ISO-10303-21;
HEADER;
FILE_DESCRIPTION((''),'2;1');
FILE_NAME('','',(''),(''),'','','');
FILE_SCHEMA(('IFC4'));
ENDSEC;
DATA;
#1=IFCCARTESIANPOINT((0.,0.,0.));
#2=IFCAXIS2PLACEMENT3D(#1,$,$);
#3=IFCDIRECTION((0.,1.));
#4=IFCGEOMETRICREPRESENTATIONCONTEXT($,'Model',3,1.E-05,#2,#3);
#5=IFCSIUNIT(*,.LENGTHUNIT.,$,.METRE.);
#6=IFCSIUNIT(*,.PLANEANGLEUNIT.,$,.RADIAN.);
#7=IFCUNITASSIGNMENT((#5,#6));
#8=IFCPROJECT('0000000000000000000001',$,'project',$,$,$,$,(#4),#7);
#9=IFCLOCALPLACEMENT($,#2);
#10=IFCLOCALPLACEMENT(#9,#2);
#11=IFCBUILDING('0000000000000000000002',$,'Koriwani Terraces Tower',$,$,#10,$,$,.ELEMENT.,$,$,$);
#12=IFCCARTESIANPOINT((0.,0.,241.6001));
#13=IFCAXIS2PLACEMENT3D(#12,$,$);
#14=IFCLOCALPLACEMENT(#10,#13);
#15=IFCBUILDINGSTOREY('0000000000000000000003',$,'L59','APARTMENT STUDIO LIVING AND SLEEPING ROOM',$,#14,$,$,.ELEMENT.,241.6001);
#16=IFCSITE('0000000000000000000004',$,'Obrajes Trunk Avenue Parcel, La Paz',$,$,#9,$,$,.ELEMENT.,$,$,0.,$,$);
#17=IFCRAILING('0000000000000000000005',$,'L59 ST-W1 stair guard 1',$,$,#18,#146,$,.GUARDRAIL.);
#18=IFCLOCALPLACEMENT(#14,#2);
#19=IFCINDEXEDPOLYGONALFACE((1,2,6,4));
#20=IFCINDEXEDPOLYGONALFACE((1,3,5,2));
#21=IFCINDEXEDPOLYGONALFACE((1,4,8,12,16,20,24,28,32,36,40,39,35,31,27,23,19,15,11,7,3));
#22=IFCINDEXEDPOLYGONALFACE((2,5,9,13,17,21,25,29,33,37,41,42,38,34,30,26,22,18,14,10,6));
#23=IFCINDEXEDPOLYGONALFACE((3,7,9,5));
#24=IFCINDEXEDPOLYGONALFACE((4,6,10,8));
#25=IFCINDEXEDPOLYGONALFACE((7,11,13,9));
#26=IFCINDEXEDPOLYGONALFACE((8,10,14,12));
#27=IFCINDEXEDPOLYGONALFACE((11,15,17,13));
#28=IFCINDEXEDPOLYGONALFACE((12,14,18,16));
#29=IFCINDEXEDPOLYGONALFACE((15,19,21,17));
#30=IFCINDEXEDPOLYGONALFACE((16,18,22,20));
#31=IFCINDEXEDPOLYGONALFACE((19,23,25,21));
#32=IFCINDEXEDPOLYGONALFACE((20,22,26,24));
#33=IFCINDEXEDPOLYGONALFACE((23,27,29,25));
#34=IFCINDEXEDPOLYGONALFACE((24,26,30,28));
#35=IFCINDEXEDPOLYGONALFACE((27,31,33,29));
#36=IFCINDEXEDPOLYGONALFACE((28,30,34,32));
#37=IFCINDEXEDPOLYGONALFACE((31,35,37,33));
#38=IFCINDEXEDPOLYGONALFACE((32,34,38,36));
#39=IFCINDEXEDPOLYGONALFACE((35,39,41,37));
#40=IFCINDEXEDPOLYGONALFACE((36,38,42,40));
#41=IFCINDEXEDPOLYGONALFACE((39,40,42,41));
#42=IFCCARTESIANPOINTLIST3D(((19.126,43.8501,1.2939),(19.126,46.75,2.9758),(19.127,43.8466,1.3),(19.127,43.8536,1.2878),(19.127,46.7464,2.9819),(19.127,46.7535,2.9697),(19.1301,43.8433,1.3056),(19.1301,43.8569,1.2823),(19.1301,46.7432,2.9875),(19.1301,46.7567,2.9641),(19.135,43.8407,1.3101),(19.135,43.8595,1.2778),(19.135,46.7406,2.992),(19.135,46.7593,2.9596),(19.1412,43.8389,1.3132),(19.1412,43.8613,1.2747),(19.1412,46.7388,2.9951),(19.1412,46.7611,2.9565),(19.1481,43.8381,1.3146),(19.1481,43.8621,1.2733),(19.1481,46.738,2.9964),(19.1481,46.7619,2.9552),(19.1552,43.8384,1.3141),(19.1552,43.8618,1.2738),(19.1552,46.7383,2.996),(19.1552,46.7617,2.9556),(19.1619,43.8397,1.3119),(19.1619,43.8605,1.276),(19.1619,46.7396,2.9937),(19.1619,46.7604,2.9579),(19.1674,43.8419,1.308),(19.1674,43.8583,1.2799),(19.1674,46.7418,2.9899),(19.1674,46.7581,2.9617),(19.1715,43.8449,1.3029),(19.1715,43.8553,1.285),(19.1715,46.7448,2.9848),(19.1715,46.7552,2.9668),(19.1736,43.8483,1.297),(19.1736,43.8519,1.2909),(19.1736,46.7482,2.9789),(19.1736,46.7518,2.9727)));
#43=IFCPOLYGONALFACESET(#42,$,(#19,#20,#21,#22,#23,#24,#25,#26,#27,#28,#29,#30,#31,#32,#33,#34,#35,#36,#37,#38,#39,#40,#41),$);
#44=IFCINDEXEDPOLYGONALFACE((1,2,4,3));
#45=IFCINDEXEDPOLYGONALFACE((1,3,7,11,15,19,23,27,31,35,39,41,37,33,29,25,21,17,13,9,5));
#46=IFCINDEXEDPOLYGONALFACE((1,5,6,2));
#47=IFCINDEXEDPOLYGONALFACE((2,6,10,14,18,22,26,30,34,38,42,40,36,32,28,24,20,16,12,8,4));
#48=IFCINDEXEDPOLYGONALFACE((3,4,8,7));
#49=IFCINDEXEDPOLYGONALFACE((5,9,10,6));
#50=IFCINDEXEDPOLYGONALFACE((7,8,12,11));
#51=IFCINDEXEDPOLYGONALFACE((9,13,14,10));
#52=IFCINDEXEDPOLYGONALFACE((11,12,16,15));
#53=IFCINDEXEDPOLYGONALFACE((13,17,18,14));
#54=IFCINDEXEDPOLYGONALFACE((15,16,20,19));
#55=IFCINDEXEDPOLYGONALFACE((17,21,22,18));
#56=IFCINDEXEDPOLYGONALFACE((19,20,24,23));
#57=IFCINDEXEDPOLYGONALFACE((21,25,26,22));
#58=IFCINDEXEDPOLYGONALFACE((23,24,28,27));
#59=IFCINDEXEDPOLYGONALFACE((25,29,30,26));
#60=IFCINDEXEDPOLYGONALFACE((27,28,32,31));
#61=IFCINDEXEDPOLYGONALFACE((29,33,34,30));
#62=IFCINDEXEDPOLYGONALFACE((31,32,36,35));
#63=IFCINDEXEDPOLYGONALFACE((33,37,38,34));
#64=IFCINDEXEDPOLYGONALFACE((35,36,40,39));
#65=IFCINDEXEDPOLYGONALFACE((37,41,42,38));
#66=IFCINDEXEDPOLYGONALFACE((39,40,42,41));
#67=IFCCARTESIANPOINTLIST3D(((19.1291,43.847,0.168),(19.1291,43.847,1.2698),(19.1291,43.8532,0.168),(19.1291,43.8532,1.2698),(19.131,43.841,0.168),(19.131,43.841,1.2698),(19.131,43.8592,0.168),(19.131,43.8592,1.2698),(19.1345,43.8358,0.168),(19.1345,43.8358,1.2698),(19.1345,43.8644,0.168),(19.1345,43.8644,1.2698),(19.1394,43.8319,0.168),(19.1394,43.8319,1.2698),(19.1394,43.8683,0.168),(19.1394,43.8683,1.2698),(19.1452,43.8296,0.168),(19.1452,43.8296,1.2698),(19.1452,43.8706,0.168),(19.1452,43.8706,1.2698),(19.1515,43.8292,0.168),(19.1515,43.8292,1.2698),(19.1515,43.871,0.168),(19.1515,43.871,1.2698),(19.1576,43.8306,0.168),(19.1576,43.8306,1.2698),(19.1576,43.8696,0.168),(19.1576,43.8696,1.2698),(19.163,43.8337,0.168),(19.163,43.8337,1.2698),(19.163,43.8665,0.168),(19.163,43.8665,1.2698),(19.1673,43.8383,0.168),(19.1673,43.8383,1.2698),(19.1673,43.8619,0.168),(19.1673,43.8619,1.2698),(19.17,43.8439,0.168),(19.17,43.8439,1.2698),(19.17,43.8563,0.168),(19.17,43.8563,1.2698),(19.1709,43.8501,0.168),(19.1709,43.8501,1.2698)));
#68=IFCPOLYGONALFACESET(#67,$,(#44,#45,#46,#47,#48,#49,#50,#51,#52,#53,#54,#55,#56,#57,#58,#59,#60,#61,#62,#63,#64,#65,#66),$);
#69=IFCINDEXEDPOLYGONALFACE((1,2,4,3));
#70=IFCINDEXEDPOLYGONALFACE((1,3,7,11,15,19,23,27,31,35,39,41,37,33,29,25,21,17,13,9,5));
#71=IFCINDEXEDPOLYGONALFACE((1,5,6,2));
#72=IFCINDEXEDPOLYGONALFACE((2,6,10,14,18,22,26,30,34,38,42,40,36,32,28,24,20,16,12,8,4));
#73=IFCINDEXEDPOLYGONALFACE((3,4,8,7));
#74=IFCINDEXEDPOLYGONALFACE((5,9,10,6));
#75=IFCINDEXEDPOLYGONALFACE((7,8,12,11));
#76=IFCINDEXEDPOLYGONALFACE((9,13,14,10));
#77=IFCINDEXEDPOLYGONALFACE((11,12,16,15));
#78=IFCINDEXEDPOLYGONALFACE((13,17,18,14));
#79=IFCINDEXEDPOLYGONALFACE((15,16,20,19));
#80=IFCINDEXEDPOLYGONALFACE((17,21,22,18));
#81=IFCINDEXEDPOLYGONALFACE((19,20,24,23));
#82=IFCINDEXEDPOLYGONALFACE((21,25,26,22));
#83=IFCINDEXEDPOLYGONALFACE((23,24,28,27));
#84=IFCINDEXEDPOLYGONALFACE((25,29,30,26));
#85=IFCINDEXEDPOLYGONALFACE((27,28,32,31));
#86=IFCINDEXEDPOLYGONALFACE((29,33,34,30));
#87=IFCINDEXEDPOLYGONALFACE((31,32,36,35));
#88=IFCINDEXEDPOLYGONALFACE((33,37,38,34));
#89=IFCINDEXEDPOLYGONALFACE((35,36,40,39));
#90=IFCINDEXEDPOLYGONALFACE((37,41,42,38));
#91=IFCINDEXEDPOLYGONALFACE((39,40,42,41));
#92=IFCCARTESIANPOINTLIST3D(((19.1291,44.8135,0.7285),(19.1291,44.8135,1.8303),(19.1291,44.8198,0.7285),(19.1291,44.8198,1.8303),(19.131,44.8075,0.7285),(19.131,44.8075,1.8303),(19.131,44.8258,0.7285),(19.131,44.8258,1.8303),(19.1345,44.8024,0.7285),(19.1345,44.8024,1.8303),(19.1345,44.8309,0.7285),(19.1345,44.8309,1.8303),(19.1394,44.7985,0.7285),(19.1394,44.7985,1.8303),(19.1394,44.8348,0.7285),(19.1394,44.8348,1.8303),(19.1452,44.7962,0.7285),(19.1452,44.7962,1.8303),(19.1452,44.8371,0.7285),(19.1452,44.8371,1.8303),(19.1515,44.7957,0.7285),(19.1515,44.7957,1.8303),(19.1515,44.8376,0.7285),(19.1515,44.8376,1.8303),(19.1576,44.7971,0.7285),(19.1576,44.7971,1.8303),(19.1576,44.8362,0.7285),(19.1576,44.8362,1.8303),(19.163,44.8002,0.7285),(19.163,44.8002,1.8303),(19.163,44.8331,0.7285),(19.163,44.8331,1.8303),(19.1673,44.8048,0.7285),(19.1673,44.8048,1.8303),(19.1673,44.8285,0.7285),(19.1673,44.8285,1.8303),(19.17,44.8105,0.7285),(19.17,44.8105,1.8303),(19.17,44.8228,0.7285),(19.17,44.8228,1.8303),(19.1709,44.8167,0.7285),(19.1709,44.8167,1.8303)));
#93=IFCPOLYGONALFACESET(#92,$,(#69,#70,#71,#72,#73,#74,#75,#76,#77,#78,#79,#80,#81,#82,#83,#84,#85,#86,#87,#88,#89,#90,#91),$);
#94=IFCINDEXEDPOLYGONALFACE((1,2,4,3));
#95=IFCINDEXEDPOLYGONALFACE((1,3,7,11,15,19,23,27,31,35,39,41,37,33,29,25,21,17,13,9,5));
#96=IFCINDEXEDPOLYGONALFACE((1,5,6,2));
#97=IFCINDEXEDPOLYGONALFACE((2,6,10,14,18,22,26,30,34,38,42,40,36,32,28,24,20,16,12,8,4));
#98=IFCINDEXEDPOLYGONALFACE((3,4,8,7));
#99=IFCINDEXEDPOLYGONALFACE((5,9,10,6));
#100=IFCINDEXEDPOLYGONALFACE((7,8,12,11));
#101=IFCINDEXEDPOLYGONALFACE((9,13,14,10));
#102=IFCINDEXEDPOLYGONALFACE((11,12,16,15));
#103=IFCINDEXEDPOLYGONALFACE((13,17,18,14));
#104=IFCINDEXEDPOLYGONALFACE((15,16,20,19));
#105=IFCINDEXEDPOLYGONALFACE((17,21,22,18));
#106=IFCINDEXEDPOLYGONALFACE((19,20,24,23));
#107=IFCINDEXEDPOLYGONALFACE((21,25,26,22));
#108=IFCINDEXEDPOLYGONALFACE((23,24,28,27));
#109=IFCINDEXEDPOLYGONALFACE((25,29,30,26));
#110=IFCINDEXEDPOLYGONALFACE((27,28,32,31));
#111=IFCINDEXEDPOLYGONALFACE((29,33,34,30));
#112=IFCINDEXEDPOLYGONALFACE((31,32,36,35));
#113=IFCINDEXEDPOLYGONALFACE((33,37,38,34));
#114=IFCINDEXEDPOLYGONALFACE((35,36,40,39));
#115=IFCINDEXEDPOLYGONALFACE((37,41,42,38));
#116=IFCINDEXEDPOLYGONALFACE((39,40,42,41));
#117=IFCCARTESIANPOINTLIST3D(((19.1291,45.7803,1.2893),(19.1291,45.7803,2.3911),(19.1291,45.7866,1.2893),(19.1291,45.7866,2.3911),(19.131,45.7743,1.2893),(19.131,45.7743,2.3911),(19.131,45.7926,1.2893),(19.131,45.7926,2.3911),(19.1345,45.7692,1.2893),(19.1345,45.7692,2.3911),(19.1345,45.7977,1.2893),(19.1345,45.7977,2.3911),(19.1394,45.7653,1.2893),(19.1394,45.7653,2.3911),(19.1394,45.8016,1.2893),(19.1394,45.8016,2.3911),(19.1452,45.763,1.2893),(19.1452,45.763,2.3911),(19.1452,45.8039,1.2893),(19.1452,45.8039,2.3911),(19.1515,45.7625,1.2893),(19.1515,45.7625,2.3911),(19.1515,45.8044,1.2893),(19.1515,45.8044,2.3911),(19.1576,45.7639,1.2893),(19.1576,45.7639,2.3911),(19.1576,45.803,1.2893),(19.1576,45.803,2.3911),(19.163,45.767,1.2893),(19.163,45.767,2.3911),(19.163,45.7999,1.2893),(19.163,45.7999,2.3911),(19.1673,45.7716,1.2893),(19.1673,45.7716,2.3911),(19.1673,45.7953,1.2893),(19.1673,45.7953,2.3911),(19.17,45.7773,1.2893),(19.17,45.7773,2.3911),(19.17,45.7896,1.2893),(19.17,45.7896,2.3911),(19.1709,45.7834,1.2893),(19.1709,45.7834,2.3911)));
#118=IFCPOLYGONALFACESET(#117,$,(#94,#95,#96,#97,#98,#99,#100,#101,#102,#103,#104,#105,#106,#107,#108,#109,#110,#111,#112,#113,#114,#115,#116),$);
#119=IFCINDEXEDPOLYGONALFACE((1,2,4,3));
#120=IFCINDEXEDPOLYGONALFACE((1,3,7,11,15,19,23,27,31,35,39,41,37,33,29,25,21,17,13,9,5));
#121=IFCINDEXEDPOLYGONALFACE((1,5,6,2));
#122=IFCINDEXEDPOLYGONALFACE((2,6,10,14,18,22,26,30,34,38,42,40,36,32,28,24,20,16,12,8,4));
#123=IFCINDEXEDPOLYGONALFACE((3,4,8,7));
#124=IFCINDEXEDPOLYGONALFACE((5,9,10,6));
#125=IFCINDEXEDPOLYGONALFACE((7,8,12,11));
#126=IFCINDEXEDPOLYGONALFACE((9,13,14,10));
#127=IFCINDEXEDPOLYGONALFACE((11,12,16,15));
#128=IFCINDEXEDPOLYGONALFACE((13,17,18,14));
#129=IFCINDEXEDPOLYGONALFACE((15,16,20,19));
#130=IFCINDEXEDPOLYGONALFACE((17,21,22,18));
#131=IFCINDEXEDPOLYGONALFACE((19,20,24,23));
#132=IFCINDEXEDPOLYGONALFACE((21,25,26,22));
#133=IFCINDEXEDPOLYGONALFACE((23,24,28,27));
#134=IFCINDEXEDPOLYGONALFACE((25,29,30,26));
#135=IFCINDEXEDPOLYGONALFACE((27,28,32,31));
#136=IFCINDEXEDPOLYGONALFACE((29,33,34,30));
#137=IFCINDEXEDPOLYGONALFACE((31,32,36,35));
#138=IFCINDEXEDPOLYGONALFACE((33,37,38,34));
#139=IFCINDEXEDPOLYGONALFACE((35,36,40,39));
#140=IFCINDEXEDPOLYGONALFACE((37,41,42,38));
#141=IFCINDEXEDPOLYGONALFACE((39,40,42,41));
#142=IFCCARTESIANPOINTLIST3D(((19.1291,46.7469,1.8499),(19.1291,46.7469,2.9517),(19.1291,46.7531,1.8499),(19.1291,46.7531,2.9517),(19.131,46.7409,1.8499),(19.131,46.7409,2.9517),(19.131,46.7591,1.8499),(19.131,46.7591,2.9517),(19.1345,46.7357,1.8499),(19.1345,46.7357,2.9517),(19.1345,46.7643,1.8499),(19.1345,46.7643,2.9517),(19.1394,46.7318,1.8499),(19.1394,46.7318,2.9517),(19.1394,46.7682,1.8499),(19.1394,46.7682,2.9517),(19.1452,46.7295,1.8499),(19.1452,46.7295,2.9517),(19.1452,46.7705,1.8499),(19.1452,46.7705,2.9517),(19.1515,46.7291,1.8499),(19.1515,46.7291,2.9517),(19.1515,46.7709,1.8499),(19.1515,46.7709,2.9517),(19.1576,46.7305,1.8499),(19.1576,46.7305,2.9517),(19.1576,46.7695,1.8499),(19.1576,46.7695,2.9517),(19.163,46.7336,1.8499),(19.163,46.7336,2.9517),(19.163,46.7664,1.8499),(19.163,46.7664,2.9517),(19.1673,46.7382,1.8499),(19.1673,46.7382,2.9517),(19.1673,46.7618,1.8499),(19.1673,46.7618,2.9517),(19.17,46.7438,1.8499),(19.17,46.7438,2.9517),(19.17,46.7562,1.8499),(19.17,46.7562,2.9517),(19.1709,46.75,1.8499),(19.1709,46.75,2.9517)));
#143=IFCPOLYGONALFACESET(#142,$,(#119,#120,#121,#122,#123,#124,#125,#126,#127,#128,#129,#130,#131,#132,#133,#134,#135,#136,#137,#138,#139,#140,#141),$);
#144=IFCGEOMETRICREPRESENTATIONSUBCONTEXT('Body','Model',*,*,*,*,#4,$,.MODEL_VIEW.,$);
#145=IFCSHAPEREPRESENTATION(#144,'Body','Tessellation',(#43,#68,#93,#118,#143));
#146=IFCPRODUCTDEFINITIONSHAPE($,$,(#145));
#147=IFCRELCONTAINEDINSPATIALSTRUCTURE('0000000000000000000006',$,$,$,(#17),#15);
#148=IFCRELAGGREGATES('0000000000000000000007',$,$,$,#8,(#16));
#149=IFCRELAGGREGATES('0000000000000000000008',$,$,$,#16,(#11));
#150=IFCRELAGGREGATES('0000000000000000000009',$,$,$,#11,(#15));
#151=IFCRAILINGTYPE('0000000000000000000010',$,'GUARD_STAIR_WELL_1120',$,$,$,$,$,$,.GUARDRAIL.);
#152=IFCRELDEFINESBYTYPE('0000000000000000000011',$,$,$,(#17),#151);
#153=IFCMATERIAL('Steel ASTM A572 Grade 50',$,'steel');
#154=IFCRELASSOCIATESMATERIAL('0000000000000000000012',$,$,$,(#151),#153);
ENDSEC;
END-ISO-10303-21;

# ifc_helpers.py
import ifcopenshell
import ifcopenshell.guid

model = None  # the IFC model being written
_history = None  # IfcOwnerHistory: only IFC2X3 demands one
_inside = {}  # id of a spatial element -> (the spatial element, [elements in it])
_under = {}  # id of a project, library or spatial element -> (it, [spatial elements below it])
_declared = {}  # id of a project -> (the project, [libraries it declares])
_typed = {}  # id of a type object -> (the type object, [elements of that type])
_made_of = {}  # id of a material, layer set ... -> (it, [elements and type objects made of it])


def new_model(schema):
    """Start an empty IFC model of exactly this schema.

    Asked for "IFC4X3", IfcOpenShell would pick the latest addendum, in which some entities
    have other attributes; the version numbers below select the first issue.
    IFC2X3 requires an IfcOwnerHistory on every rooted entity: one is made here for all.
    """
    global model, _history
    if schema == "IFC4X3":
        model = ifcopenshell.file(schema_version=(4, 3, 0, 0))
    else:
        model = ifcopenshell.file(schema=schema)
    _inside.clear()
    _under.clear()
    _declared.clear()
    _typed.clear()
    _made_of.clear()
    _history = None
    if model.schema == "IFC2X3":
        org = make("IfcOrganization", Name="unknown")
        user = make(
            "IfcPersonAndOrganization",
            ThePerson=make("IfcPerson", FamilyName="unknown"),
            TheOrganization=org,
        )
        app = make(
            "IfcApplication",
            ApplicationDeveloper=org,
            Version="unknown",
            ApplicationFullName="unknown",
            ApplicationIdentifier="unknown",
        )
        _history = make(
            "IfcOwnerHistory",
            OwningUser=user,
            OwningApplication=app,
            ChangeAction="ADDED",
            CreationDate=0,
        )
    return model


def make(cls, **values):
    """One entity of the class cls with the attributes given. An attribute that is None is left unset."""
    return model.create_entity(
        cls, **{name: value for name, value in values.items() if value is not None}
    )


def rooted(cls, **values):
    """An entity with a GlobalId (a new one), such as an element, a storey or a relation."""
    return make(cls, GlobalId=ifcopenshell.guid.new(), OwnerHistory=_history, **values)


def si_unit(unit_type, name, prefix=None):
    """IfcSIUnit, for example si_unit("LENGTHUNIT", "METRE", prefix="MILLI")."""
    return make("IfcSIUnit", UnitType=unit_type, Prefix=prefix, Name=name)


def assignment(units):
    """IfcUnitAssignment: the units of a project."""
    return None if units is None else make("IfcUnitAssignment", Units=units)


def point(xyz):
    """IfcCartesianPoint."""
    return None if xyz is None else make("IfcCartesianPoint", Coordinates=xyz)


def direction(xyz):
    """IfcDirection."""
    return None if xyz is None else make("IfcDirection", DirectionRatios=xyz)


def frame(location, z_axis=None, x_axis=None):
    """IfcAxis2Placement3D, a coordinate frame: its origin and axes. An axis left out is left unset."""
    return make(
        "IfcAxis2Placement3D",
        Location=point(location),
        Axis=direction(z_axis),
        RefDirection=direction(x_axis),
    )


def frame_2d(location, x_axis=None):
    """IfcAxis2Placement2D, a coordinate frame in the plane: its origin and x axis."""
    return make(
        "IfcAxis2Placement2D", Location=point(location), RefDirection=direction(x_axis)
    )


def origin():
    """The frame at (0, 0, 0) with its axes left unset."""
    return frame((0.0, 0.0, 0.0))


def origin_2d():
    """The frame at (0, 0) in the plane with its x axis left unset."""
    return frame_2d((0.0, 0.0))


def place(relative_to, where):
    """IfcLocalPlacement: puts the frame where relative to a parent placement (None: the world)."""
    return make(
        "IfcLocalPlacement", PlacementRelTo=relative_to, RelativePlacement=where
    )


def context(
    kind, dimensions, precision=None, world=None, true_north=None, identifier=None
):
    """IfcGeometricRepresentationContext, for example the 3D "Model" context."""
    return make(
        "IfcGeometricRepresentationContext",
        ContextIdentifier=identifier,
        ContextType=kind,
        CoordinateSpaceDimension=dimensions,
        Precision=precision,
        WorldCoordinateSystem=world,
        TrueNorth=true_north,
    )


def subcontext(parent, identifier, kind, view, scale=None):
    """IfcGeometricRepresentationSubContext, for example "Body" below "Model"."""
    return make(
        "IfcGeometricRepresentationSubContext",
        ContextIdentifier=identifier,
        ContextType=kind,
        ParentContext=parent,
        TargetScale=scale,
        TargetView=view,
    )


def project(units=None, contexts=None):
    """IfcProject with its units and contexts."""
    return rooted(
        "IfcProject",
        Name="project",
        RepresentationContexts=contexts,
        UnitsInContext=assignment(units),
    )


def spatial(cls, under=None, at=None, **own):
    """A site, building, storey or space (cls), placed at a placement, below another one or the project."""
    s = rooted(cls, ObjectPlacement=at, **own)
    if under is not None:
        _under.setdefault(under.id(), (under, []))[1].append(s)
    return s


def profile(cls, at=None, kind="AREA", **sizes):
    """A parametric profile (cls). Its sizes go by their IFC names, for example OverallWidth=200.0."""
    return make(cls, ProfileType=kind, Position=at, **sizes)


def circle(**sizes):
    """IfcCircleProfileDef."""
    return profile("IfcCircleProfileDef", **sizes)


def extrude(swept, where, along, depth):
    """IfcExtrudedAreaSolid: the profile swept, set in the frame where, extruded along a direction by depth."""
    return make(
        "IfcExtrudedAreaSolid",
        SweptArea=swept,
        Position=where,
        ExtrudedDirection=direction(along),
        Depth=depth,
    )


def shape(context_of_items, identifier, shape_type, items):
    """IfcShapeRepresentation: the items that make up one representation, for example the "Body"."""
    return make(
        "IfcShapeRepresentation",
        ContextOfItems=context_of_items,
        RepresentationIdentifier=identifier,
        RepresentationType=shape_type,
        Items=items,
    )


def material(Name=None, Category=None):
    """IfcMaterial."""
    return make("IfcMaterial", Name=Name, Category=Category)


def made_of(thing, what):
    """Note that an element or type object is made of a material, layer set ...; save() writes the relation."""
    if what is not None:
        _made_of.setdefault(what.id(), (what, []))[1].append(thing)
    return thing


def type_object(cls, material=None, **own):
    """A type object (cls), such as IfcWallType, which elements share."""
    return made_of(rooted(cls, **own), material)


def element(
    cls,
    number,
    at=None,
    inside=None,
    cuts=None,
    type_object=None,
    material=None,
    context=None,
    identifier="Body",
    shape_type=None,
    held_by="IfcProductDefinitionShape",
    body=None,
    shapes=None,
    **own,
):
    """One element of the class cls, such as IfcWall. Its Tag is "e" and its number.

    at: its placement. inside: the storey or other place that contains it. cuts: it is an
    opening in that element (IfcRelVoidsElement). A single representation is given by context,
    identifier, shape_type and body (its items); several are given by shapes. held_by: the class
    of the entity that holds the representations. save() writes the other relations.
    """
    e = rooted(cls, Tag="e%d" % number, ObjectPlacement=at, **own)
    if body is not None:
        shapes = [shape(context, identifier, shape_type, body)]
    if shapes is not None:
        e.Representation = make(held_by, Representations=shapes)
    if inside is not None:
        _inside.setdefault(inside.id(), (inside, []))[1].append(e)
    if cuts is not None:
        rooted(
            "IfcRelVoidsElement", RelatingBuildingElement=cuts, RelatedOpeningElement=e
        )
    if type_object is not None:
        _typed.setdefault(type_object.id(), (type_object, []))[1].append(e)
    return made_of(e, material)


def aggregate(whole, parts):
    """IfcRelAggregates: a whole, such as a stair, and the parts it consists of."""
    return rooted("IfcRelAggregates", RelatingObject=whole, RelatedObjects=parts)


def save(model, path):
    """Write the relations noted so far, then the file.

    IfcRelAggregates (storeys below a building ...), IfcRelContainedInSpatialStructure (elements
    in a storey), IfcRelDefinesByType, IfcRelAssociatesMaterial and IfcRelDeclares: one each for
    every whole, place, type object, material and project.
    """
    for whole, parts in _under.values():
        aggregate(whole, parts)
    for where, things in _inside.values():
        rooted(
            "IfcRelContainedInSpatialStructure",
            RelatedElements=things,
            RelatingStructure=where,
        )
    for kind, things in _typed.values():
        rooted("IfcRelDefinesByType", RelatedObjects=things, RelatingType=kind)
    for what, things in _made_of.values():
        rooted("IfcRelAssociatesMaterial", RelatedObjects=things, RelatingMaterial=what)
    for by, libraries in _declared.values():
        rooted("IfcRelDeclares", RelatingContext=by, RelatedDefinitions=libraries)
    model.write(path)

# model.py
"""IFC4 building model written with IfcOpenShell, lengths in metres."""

from ifc_helpers import new_model, si_unit, direction, frame, origin, origin_2d, place, context, subcontext, project, spatial, circle, extrude, material, type_object, element, save


model = new_model("IFC4")

# Units and contexts
model_context = context("Model", 3, precision=1e-05, world=origin(), true_north=direction((0.0, 1.0)))
body_context = subcontext(model_context, "Body", "Model", "MODEL_VIEW")
ifc_project = project(units=[si_unit("LENGTHUNIT", "METRE"), si_unit("PLANEANGLEUNIT", "RADIAN")], contexts=[model_context])

# Site, building, storey
site_placement = place(None, origin())
site = spatial("IfcSite", under=ifc_project, at=site_placement, Name="Obrajes Trunk Avenue Parcel, La Paz", CompositionType="ELEMENT", RefElevation=0.0)
building_placement = place(site_placement, origin())
building = spatial("IfcBuilding", under=site, at=building_placement, Name="Koriwani Terraces Tower", CompositionType="ELEMENT")
storey_placement = place(building_placement, frame((0.0, 0.0, 241.6001)))
storey = spatial("IfcBuildingStorey", under=building, at=storey_placement, Name="L59", Description="APARTMENT STUDIO LIVING AND SLEEPING ROOM", CompositionType="ELEMENT", Elevation=241.6001)

# Shared definitions
ifc_material_1 = material(Name="Steel ASTM A572 Grade 50", Category="steel")

# Railing
railing_type = type_object("IfcRailingType", Name="GUARD_STAIR_WELL_1120", PredefinedType="GUARDRAIL", material=ifc_material_1)
railing_1_placement = place(storey_placement, frame((19.1499, 43.8501, 0.168)))
element("IfcRailing", 1, at=railing_1_placement, inside=storey, type_object=railing_type, Name="L59 ST-W1 stair guard 1", PredefinedType="GUARDRAIL", context=body_context, shape_type="SweptSolid", body=[
    extrude(circle(Radius=0.0239, at=origin_2d()), frame((0.0, 0.0, 1.126), z_axis=(0.0, 0.865039, 0.501705), x_axis=(-1.0, 0.0, 0.0)), (0.0, 0.0, 1.0), 3.3523),
    extrude(circle(Radius=0.021, at=origin_2d()), origin(), (0.0, 0.0, 1.0), 1.1018),
    extrude(circle(Radius=0.021, at=origin_2d()), frame((0.0, 0.9666, 0.5605)), (0.0, 0.0, 1.0), 1.1018),
    extrude(circle(Radius=0.021, at=origin_2d()), frame((0.0, 1.9333, 1.1213)), (0.0, 0.0, 1.0), 1.1018),
    extrude(circle(Radius=0.021, at=origin_2d()), frame((0.0, 2.8999, 1.6819)), (0.0, 0.0, 1.0), 1.1018),
])

save(model, "model.ifc")
